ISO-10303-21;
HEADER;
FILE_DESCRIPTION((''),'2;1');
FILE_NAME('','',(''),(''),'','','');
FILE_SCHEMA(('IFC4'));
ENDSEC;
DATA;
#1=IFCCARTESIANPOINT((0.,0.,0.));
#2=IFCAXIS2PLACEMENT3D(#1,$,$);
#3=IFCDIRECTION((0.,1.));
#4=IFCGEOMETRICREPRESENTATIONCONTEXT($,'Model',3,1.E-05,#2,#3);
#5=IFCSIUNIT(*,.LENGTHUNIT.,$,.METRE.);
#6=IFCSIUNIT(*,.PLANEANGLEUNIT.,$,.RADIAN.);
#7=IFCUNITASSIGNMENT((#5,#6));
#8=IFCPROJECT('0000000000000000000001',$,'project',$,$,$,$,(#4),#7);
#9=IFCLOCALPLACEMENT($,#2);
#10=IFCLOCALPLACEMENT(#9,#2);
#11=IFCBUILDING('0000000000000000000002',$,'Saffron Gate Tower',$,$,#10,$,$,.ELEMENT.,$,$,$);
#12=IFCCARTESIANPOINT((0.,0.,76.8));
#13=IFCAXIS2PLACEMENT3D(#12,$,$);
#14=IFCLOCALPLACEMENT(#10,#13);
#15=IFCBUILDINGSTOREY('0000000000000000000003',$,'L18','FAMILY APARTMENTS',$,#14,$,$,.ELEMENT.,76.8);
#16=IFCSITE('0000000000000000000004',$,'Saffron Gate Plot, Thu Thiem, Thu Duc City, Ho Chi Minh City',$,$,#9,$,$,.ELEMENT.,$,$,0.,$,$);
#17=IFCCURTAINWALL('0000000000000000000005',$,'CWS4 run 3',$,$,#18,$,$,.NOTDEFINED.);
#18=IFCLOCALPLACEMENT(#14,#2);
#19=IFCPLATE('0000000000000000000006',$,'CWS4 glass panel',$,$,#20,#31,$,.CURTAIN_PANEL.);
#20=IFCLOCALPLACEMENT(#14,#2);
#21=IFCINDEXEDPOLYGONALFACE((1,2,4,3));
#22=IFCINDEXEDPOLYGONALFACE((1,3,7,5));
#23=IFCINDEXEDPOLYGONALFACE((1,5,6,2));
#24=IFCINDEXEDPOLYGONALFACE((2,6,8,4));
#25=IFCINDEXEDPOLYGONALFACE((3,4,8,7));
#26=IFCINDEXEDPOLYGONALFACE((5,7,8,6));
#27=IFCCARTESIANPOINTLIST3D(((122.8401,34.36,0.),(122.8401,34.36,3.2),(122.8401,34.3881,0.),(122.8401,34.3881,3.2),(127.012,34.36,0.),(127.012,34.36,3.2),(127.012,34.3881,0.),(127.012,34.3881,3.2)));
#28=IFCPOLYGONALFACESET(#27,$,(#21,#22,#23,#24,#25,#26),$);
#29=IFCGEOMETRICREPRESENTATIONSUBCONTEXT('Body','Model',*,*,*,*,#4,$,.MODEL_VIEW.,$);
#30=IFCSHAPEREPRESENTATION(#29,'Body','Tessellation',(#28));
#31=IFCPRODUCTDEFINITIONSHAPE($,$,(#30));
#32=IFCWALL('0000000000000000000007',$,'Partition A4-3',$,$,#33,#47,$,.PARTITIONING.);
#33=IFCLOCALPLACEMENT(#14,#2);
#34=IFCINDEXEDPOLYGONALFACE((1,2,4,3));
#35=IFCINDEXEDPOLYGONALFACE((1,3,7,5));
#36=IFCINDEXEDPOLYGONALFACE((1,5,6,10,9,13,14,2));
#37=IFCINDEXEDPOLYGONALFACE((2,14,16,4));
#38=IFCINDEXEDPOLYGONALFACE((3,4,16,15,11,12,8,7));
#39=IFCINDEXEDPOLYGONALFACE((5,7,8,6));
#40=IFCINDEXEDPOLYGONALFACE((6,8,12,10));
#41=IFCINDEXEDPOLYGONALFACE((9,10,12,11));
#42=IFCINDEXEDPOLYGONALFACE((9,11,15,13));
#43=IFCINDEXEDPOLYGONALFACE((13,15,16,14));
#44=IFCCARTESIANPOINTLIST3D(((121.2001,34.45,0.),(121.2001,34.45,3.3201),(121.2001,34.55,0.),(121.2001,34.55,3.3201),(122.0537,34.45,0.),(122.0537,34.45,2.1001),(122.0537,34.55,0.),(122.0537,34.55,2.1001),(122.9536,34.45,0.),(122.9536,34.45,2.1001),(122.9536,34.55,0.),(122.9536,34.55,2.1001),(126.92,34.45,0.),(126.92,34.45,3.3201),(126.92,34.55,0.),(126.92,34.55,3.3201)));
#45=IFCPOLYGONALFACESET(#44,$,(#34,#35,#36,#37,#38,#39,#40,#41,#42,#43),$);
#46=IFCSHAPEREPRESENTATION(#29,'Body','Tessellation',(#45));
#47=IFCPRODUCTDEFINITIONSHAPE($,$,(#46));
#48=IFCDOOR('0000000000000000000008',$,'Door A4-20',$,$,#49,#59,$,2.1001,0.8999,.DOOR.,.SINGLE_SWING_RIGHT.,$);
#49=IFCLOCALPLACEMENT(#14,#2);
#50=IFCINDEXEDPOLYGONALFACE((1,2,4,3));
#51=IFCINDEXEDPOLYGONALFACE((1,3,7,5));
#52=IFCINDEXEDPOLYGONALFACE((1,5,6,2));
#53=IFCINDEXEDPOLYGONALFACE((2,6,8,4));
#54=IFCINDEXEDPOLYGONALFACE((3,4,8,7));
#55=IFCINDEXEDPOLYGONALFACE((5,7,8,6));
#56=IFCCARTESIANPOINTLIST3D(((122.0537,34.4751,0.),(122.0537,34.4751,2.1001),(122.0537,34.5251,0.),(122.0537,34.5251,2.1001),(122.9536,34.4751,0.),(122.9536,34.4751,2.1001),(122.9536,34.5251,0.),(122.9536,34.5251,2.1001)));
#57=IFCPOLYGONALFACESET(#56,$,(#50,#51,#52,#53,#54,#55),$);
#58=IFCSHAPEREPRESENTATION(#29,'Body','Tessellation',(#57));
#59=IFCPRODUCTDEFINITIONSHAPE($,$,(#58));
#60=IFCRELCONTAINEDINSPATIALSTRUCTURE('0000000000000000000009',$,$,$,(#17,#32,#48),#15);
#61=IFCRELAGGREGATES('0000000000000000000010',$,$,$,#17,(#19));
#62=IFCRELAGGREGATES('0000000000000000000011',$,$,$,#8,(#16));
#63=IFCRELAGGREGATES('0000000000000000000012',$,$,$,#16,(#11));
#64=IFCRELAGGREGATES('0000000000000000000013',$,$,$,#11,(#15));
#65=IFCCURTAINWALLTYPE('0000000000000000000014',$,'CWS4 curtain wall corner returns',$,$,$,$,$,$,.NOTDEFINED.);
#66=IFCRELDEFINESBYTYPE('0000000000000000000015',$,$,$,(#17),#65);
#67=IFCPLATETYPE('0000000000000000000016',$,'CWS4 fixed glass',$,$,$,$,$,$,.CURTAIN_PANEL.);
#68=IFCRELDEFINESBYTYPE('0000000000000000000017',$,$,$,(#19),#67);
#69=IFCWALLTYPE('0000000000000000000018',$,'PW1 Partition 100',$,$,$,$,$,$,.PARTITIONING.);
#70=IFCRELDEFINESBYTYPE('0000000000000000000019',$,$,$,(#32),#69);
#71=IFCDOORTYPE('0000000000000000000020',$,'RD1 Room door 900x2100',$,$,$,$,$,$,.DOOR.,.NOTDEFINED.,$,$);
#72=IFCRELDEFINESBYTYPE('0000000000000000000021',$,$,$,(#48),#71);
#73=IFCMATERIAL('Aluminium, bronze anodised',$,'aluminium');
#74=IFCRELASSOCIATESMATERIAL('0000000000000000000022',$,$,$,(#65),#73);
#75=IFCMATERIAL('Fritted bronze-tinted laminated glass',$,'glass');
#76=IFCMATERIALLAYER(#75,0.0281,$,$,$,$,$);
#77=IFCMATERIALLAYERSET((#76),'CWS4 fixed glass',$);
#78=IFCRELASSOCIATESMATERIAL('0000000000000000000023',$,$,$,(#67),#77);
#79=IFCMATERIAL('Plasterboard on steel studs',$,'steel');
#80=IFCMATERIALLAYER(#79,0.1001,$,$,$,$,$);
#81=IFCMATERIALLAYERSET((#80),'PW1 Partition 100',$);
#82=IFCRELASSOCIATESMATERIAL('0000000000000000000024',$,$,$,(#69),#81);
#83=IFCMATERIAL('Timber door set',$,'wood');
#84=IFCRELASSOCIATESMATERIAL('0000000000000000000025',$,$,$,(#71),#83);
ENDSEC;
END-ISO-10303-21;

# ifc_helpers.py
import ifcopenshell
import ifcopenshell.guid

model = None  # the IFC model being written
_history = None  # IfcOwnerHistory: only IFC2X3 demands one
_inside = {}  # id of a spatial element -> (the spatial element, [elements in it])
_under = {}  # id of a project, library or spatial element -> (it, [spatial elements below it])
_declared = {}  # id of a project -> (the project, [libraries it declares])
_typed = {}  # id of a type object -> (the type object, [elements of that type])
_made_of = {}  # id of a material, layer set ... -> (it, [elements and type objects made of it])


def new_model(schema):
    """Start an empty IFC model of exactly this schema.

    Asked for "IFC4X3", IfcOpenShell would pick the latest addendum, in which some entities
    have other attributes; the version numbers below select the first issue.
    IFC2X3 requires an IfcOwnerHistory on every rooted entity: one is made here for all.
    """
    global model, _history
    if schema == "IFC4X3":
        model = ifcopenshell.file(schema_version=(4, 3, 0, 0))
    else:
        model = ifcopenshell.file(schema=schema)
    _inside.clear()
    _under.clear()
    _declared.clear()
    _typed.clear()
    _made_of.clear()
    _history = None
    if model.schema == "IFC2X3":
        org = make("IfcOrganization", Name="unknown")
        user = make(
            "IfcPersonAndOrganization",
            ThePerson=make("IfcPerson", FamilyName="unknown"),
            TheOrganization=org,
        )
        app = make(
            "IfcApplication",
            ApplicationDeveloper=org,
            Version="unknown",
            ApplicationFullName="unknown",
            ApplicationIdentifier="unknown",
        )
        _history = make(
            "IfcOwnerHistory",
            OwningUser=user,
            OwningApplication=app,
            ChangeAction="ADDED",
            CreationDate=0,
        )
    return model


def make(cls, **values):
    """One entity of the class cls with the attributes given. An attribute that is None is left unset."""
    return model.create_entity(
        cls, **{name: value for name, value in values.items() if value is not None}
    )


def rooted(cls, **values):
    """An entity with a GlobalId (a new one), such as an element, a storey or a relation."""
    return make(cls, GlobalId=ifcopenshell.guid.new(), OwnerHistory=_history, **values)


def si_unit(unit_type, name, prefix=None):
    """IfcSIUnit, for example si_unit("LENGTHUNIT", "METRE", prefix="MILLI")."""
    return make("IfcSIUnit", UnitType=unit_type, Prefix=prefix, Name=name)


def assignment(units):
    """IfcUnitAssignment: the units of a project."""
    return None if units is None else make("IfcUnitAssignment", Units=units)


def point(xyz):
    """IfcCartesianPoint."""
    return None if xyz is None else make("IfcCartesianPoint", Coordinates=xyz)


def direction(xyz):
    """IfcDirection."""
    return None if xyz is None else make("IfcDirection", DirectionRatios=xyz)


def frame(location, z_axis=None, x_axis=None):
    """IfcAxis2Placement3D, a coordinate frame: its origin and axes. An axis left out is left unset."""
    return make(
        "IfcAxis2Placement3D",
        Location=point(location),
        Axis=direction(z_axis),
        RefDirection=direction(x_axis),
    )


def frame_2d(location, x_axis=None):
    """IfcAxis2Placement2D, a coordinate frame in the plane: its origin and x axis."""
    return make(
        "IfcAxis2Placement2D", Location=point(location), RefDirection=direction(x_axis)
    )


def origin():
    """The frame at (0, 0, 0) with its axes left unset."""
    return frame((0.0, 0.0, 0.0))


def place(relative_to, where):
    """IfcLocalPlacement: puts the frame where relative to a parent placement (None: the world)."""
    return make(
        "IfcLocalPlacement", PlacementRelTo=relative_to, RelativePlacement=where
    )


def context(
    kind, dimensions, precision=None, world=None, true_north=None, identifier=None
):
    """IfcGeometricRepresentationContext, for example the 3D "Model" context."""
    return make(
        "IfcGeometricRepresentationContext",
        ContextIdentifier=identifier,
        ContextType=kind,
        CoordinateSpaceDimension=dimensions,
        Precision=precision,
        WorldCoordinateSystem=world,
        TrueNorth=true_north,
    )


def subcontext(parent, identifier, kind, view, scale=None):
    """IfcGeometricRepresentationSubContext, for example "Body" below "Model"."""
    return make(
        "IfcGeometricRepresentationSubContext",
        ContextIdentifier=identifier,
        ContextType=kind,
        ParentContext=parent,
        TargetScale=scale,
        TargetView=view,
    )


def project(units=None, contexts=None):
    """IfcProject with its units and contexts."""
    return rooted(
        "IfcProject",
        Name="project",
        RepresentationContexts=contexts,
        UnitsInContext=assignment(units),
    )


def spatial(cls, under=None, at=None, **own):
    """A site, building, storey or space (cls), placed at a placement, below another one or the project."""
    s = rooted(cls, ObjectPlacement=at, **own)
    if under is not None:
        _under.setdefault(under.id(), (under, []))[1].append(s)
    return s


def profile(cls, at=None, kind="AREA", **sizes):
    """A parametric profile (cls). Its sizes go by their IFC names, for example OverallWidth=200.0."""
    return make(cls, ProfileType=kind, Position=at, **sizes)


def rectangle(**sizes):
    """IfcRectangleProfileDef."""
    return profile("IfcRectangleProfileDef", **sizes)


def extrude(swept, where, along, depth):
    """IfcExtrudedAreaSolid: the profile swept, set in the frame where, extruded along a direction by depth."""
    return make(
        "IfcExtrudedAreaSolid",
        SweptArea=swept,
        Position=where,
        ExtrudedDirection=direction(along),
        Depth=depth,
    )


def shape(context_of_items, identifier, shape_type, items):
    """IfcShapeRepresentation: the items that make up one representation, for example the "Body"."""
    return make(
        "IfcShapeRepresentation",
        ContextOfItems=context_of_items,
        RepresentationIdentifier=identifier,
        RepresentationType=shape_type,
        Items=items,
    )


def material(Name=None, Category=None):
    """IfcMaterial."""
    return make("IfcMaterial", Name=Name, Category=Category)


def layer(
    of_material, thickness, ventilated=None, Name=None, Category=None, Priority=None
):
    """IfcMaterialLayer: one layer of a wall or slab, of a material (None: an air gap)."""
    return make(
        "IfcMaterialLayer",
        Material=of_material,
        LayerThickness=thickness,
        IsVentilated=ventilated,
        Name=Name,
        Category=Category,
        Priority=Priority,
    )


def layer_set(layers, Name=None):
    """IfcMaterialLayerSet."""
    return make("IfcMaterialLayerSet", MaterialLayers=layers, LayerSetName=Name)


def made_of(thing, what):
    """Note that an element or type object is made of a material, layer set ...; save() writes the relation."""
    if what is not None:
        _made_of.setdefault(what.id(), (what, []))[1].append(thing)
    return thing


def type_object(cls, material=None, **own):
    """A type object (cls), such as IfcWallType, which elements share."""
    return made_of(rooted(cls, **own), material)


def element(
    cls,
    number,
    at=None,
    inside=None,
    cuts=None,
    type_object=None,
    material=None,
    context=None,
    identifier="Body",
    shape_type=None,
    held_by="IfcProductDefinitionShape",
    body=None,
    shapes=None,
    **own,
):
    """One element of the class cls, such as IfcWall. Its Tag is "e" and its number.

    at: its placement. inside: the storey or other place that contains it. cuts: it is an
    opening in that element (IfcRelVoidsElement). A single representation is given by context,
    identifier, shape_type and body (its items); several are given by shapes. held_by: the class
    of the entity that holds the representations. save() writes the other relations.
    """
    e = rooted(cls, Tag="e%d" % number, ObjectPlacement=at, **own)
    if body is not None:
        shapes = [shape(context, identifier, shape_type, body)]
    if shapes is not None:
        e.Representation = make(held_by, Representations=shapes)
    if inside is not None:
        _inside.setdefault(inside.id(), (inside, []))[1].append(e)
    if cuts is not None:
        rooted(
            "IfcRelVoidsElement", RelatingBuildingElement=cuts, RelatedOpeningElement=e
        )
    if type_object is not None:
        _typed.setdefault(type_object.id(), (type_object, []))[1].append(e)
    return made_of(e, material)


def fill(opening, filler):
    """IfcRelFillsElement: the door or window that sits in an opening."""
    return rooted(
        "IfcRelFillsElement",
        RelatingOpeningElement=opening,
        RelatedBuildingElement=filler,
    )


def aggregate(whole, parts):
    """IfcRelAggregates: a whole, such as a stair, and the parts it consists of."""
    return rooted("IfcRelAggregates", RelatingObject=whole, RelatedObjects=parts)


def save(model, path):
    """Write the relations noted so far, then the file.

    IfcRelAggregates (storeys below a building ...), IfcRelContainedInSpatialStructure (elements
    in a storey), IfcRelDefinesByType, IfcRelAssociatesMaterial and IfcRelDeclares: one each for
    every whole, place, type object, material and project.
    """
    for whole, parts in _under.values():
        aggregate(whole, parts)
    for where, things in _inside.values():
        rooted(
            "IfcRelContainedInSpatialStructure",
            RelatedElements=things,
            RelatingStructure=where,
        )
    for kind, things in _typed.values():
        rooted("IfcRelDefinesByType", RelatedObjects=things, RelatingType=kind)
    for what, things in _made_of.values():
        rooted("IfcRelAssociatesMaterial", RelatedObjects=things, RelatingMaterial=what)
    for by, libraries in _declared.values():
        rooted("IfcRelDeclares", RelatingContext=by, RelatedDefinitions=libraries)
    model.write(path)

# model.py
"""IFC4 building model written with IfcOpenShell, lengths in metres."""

from ifc_helpers import new_model, si_unit, direction, frame, frame_2d, origin, place, context, subcontext, project, spatial, rectangle, extrude, material, layer, layer_set, type_object, element, fill, aggregate, save


model = new_model("IFC4")

# Units and contexts
model_context = context("Model", 3, precision=1e-05, world=origin(), true_north=direction((0.0, 1.0)))
body_context = subcontext(model_context, "Body", "Model", "MODEL_VIEW")
ifc_project = project(units=[si_unit("LENGTHUNIT", "METRE"), si_unit("PLANEANGLEUNIT", "RADIAN")], contexts=[model_context])

# Site, building, storey
site_placement = place(None, origin())
site = spatial("IfcSite", under=ifc_project, at=site_placement, Name="Saffron Gate Plot, Thu Thiem, Thu Duc City, Ho Chi Minh City", CompositionType="ELEMENT", RefElevation=0.0)
building_placement = place(site_placement, origin())
building = spatial("IfcBuilding", under=site, at=building_placement, Name="Saffron Gate Tower", CompositionType="ELEMENT")
storey_placement = place(building_placement, frame((0.0, 0.0, 76.8)))
storey = spatial("IfcBuildingStorey", under=building, at=storey_placement, Name="L18", Description="FAMILY APARTMENTS", CompositionType="ELEMENT", Elevation=76.8)

# Shared definitions
ifc_material_1 = material(Name="Aluminium, bronze anodised", Category="aluminium")

# Curtain wall
curtain_wall_type_1 = type_object("IfcCurtainWallType", Name="CWS4 curtain wall corner returns", PredefinedType="NOTDEFINED", material=ifc_material_1)
curtain_wall_1_placement = place(storey_placement, origin())
curtain_wall_1 = element("IfcCurtainWall", 1, at=curtain_wall_1_placement, inside=storey, type_object=curtain_wall_type_1, Name="CWS4 run 3", PredefinedType="NOTDEFINED")

# Shared definitions
ifc_material_2 = material(Name="Fritted bronze-tinted laminated glass", Category="glass")

# Plate
ifc_layer_1 = layer(ifc_material_2, 0.0281)
ifc_layer_set_1 = layer_set([ifc_layer_1], Name="CWS4 fixed glass")
plate_type_1 = type_object("IfcPlateType", Name="CWS4 fixed glass", PredefinedType="CURTAIN_PANEL", material=ifc_layer_set_1)
plate_1_placement = place(storey_placement, frame((122.8401, 34.374, 0.0), z_axis=(0.0, 0.0, 1.0), x_axis=(1.0, 0.0, 0.0)))
plate_1 = element("IfcPlate", 2, at=plate_1_placement, type_object=plate_type_1, Name="CWS4 glass panel", PredefinedType="CURTAIN_PANEL", context=body_context, shape_type="SweptSolid", body=[
    extrude(rectangle(XDim=4.1719, YDim=0.0281, at=frame_2d((2.0859, 0.0))), origin(), (0.0, 0.0, 1.0), 3.2),
])
aggregate(curtain_wall_1, [plate_1])

# Wall, opening, door
ifc_material_3 = material(Name="Plasterboard on steel studs", Category="steel")
ifc_layer_2 = layer(ifc_material_3, 0.1001)
ifc_layer_set_2 = layer_set([ifc_layer_2], Name="PW1 Partition 100")
wall_type = type_object("IfcWallType", Name="PW1 Partition 100", PredefinedType="PARTITIONING", material=ifc_layer_set_2)
wall_placement = place(storey_placement, frame((126.9199, 34.5, 0.0), z_axis=(0.0, 0.0, 1.0), x_axis=(-1.0, 0.0, 0.0)))
wall = element("IfcWall", 3, at=wall_placement, inside=storey, type_object=wall_type, Name="Partition A4-3", PredefinedType="PARTITIONING", context=body_context, shape_type="SweptSolid", body=[
    extrude(rectangle(XDim=5.72, YDim=0.1001, at=frame_2d((2.8599, 0.0))), origin(), (0.0, 0.0, 1.0), 3.3201),
])
opening_1_placement = place(wall_placement, frame((3.9663, 0.0, 0.0)))
opening_1 = element("IfcOpeningElement", 4, at=opening_1_placement, cuts=wall, PredefinedType="OPENING", context=body_context, shape_type="SweptSolid", body=[
    extrude(rectangle(XDim=0.8999, YDim=2.1001, at=frame_2d((0.45, 1.05))), frame((0.0, 0.0601, 0.0), z_axis=(0.0, -1.0, 0.0), x_axis=(1.0, 0.0, 0.0)), (0.0, 0.0, 1.0), 0.1201),
])
ifc_material_4 = material(Name="Timber door set", Category="wood")
door_type = type_object("IfcDoorType", Name="RD1 Room door 900x2100", OperationType="NOTDEFINED", PredefinedType="DOOR", material=ifc_material_4)
door_placement = place(opening_1_placement, origin())
door = element("IfcDoor", 5, at=door_placement, inside=storey, type_object=door_type, Name="Door A4-20", OperationType="SINGLE_SWING_RIGHT", OverallHeight=2.1001, OverallWidth=0.8999, PredefinedType="DOOR", context=body_context, shape_type="SweptSolid", body=[
    extrude(rectangle(XDim=0.8999, YDim=2.1001, at=frame_2d((0.45, 1.05))), frame((0.0, 0.0249, 0.0), z_axis=(0.0, -1.0, 0.0), x_axis=(1.0, 0.0, 0.0)), (0.0, 0.0, 1.0), 0.05),
])
fill(opening_1, door)

save(model, "model.ifc")
